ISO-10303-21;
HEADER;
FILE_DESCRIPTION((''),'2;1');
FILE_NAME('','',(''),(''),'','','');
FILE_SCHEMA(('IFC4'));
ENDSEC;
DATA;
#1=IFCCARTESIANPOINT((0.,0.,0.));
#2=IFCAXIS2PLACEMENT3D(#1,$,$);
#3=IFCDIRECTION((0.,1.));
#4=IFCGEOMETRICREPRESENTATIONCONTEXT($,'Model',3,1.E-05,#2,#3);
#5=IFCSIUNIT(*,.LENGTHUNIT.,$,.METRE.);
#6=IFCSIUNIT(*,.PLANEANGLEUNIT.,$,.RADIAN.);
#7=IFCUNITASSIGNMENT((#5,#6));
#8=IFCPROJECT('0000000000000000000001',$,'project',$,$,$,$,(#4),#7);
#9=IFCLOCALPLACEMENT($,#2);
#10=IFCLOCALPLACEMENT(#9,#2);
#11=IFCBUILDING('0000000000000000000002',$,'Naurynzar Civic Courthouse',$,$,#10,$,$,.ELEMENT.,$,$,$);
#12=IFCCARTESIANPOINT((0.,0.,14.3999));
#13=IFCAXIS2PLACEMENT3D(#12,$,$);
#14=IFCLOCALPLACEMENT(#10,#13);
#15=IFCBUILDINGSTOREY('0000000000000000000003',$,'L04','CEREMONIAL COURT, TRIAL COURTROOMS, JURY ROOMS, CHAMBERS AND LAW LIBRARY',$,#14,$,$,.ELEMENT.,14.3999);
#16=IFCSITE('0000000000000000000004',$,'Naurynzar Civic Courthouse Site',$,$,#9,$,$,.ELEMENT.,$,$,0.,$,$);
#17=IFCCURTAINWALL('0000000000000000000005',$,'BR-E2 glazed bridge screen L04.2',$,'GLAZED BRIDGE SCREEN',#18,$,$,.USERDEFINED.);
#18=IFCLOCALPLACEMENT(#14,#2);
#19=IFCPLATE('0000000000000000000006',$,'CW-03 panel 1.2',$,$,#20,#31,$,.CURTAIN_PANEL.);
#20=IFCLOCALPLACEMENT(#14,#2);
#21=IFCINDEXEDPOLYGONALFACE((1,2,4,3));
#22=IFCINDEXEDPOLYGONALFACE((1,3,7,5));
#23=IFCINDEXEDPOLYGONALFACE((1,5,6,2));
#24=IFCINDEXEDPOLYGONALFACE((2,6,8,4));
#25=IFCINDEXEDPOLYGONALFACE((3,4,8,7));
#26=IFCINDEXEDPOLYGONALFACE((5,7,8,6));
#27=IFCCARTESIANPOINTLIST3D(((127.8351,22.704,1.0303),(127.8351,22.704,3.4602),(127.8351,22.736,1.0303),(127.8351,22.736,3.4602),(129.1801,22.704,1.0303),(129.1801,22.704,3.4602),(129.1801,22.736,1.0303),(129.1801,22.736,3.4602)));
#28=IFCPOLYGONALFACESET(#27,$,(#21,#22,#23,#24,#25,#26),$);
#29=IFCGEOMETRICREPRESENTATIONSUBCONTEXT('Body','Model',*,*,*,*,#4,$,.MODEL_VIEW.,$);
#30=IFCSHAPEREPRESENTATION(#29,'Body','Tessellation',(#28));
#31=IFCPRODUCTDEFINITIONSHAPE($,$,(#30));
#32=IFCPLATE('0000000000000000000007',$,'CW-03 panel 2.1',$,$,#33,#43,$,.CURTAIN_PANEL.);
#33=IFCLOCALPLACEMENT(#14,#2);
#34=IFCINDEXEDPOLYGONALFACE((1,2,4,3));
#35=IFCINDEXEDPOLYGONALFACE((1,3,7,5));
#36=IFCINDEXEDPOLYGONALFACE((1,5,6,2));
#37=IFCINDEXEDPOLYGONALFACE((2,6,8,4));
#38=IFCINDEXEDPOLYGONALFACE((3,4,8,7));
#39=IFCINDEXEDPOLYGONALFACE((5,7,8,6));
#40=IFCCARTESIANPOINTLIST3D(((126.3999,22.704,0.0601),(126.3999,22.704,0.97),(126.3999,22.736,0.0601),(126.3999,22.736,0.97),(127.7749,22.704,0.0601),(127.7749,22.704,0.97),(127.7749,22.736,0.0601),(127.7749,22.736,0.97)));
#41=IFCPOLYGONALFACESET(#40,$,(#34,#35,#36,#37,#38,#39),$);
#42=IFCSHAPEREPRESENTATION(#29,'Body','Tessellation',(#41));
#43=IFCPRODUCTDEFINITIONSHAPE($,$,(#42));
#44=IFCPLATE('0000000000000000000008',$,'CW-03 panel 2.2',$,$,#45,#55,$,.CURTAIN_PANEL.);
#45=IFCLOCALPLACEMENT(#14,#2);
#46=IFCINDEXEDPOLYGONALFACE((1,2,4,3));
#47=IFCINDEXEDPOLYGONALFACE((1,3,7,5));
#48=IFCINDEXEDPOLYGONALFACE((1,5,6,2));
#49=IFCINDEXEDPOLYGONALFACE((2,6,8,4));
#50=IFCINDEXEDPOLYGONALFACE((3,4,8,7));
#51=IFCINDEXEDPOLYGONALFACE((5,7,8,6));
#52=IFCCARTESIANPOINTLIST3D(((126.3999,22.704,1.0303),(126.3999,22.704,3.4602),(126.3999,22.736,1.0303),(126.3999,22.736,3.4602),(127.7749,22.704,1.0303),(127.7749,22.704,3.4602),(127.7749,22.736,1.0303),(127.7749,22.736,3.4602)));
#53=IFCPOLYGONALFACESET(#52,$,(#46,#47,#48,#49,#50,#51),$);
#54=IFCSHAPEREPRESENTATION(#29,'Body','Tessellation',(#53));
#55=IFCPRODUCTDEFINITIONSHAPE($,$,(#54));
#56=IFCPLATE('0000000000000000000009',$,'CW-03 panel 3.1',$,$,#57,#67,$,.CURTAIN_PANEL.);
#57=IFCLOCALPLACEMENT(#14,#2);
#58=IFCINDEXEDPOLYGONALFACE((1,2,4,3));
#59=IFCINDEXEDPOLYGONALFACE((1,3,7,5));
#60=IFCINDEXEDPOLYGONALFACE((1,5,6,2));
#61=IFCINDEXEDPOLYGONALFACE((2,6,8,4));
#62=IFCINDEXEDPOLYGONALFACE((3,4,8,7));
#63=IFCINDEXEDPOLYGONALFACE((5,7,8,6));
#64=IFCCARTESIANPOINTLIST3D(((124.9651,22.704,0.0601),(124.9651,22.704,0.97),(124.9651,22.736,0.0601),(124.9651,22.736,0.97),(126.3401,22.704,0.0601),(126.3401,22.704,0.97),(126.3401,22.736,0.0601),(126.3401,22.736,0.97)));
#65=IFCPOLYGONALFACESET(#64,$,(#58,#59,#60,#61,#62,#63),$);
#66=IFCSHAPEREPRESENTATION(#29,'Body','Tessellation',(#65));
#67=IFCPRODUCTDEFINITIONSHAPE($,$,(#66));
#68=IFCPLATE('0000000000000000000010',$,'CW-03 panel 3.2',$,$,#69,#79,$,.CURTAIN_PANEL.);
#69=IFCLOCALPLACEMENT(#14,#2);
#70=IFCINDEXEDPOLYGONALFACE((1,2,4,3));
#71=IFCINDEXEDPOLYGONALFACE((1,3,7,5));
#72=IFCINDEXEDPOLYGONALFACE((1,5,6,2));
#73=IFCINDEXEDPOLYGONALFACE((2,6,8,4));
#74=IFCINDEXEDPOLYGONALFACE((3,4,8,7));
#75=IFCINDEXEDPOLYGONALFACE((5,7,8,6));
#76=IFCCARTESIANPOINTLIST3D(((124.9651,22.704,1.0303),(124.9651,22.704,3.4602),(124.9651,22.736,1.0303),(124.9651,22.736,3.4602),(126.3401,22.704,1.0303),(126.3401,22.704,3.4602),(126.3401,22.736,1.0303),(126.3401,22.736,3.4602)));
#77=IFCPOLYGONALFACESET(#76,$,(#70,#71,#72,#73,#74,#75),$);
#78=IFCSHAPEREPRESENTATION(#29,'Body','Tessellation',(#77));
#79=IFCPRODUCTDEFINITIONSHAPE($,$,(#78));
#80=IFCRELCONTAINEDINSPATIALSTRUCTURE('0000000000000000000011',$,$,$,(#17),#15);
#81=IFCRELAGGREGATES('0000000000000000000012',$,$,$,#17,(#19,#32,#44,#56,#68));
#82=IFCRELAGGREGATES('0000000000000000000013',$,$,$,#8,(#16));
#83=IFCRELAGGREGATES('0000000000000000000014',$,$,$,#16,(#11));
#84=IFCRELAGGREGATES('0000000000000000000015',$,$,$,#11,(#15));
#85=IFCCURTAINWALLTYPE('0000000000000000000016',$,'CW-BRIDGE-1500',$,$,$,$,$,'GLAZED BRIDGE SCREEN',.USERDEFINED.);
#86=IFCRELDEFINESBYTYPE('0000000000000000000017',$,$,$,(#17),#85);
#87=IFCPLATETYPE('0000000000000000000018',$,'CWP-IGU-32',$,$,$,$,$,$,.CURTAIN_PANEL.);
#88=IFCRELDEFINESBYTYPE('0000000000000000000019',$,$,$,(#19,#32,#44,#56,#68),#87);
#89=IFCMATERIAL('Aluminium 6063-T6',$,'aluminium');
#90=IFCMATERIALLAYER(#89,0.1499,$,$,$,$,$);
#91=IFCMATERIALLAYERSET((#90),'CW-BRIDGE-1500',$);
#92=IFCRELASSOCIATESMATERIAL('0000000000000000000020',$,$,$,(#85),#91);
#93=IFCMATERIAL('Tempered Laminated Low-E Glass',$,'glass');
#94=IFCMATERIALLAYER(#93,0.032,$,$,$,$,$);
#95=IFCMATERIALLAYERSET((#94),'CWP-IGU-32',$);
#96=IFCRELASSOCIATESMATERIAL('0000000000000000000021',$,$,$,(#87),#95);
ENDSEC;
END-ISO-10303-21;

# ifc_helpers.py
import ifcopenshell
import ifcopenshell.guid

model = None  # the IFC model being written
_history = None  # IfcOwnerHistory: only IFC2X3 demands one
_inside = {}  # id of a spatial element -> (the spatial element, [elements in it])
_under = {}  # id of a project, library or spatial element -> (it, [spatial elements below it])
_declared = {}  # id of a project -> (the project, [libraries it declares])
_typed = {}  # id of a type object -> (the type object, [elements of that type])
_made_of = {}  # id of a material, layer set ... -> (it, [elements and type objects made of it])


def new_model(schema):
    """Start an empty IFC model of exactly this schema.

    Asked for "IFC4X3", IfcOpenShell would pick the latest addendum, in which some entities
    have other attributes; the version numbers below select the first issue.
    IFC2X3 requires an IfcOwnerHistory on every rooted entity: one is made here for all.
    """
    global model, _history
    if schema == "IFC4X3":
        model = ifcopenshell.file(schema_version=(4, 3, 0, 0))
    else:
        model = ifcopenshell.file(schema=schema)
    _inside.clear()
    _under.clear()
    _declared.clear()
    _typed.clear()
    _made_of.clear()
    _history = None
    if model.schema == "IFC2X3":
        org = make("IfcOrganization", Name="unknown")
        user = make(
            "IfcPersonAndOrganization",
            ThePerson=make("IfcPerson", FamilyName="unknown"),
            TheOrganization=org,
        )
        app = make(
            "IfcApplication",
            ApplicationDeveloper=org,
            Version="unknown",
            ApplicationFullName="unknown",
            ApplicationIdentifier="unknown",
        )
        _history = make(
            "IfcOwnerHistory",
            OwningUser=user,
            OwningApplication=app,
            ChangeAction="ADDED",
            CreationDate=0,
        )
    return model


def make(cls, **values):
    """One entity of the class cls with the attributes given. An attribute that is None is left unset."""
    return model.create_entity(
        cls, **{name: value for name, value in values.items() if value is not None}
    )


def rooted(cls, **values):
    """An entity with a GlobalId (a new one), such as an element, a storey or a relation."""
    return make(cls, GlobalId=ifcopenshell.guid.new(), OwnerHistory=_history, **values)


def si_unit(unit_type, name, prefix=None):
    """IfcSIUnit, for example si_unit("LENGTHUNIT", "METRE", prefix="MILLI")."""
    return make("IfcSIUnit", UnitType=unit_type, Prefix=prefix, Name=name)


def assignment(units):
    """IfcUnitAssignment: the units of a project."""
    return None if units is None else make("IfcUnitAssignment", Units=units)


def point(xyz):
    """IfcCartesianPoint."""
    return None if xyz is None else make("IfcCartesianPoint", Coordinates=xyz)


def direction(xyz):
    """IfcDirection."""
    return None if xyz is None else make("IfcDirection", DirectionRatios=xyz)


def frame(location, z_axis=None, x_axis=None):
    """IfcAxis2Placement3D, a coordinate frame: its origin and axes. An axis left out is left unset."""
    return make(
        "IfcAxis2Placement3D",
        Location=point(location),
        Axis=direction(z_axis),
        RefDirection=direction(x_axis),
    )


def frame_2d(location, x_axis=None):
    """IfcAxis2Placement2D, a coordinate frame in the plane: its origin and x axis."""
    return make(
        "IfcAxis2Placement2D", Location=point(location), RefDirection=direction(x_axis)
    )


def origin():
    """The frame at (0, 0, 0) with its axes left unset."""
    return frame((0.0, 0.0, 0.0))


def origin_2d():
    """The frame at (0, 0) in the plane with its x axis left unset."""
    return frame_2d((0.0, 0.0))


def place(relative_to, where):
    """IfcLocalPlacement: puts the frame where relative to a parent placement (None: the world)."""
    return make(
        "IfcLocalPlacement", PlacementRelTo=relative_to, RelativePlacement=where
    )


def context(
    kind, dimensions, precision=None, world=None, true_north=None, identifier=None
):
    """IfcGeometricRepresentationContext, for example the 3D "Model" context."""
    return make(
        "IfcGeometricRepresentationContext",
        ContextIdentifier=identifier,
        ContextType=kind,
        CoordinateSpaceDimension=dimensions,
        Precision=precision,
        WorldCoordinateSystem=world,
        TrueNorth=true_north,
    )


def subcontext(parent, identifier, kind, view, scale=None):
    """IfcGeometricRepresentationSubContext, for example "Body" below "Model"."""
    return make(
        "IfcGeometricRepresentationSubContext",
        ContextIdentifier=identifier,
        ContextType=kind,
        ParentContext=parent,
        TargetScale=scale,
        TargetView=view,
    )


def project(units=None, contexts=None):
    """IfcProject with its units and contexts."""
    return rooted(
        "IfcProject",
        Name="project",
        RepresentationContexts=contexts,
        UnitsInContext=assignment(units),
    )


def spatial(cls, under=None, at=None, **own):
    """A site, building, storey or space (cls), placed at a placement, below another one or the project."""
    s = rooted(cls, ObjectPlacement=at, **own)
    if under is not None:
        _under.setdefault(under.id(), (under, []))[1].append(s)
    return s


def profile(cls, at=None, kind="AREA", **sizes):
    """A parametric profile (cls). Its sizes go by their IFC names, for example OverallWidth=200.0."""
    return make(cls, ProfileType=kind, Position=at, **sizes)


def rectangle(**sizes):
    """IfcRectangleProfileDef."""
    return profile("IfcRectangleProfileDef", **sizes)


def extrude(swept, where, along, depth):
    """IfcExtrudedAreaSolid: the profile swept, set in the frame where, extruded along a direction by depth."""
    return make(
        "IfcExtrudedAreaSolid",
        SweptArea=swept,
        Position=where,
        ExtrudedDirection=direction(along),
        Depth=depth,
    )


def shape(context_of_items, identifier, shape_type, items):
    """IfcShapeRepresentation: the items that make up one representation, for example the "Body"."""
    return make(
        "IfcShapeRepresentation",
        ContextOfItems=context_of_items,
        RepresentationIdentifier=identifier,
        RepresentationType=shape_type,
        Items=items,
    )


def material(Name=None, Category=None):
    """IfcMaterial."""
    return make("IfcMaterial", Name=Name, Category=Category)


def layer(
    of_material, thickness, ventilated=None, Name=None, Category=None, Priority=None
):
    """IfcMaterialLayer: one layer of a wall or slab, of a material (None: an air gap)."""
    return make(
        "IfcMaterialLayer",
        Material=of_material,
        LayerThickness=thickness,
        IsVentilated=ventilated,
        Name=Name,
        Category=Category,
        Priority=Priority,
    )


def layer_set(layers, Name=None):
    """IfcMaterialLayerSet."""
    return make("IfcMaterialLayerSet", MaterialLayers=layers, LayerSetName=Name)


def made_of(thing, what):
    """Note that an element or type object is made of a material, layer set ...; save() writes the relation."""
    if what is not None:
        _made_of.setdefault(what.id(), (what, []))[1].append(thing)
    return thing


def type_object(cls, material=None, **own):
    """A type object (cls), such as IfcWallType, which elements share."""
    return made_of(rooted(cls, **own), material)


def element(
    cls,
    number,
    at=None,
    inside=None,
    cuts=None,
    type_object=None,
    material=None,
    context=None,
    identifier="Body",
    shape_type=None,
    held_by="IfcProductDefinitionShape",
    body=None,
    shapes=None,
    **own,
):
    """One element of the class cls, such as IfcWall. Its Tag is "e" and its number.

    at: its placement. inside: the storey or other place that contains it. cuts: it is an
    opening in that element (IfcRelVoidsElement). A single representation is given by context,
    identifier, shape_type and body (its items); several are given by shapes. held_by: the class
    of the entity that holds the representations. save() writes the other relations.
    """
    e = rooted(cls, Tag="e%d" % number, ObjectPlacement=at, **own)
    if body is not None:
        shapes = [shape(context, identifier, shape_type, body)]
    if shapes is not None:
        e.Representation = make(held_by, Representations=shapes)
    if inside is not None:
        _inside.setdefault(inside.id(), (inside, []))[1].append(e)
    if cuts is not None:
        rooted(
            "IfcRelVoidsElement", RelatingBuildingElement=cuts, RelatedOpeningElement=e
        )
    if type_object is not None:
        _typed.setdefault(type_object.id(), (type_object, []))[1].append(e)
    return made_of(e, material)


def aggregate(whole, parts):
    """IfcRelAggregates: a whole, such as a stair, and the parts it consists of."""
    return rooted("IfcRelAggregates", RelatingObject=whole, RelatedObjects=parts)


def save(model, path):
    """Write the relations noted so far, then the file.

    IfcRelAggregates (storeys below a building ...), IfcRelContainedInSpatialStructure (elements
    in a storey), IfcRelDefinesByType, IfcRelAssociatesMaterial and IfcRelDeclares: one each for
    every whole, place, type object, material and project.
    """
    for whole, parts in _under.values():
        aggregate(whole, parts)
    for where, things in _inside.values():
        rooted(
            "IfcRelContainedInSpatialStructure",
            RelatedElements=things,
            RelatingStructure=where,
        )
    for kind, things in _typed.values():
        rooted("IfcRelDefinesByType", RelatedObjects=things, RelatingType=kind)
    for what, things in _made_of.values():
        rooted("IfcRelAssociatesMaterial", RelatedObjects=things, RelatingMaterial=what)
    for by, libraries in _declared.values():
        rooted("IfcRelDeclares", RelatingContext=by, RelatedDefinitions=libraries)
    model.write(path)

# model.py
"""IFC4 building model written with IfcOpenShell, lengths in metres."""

from ifc_helpers import new_model, si_unit, direction, frame, origin, origin_2d, place, context, subcontext, project, spatial, rectangle, extrude, material, layer, layer_set, type_object, element, aggregate, save


model = new_model("IFC4")

# Units and contexts
model_context = context("Model", 3, precision=1e-05, world=origin(), true_north=direction((0.0, 1.0)))
body_context = subcontext(model_context, "Body", "Model", "MODEL_VIEW")
ifc_project = project(units=[si_unit("LENGTHUNIT", "METRE"), si_unit("PLANEANGLEUNIT", "RADIAN")], contexts=[model_context])

# Site, building, storey
site_placement = place(None, origin())
site = spatial("IfcSite", under=ifc_project, at=site_placement, Name="Naurynzar Civic Courthouse Site", CompositionType="ELEMENT", RefElevation=0.0)
building_placement = place(site_placement, origin())
building = spatial("IfcBuilding", under=site, at=building_placement, Name="Naurynzar Civic Courthouse", CompositionType="ELEMENT")
storey_placement = place(building_placement, frame((0.0, 0.0, 14.3999)))
storey = spatial("IfcBuildingStorey", under=building, at=storey_placement, Name="L04", Description="CEREMONIAL COURT, TRIAL COURTROOMS, JURY ROOMS, CHAMBERS AND LAW LIBRARY", CompositionType="ELEMENT", Elevation=14.3999)

# Curtain wall
ifc_material_1 = material(Name="Aluminium 6063-T6", Category="aluminium")
ifc_layer_1 = layer(ifc_material_1, 0.1499)
ifc_layer_set_1 = layer_set([ifc_layer_1], Name="CW-BRIDGE-1500")
curtain_wall_type = type_object("IfcCurtainWallType", Name="CW-BRIDGE-1500", ElementType="GLAZED BRIDGE SCREEN", PredefinedType="USERDEFINED", material=ifc_layer_set_1)
curtain_wall_1_placement = place(storey_placement, origin())
curtain_wall_1 = element("IfcCurtainWall", 1, at=curtain_wall_1_placement, inside=storey, type_object=curtain_wall_type, Name="BR-E2 glazed bridge screen L04.2", ObjectType="GLAZED BRIDGE SCREEN", PredefinedType="USERDEFINED")

# Plates
ifc_material_2 = material(Name="Tempered Laminated Low-E Glass", Category="glass")
ifc_layer_2 = layer(ifc_material_2, 0.032)
ifc_layer_set_2 = layer_set([ifc_layer_2], Name="CWP-IGU-32")
plate_type = type_object("IfcPlateType", Name="CWP-IGU-32", PredefinedType="CURTAIN_PANEL", material=ifc_layer_set_2)
plate_1_placement = place(storey_placement, frame((128.5076, 22.72, 1.0303), z_axis=(0.0, 0.0, 1.0), x_axis=(-1.0, 0.0, 0.0)))
plate_1 = element("IfcPlate", 2, at=plate_1_placement, type_object=plate_type, Name="CW-03 panel 1.2", PredefinedType="CURTAIN_PANEL", context=body_context, shape_type="SweptSolid", body=[
    extrude(rectangle(XDim=1.345, YDim=0.032, at=origin_2d()), origin(), (0.0, 0.0, 1.0), 2.4299),
])
plate_2_placement = place(storey_placement, frame((127.0874, 22.72, 0.0601), z_axis=(0.0, 0.0, 1.0), x_axis=(-1.0, 0.0, 0.0)))
plate_2 = element("IfcPlate", 3, at=plate_2_placement, type_object=plate_type, Name="CW-03 panel 2.1", PredefinedType="CURTAIN_PANEL", context=body_context, shape_type="SweptSolid", body=[
    extrude(rectangle(XDim=1.375, YDim=0.032, at=origin_2d()), origin(), (0.0, 0.0, 1.0), 0.9099),
])
plate_3_placement = place(storey_placement, frame((127.0874, 22.72, 1.0303), z_axis=(0.0, 0.0, 1.0), x_axis=(-1.0, 0.0, 0.0)))
plate_3 = element("IfcPlate", 4, at=plate_3_placement, type_object=plate_type, Name="CW-03 panel 2.2", PredefinedType="CURTAIN_PANEL", context=body_context, shape_type="SweptSolid", body=[
    extrude(rectangle(XDim=1.375, YDim=0.032, at=origin_2d()), origin(), (0.0, 0.0, 1.0), 2.4299),
])
plate_4_placement = place(storey_placement, frame((125.6526, 22.72, 0.0601), z_axis=(0.0, 0.0, 1.0), x_axis=(-1.0, 0.0, 0.0)))
plate_4 = element("IfcPlate", 5, at=plate_4_placement, type_object=plate_type, Name="CW-03 panel 3.1", PredefinedType="CURTAIN_PANEL", context=body_context, shape_type="SweptSolid", body=[
    extrude(rectangle(XDim=1.375, YDim=0.032, at=origin_2d()), origin(), (0.0, 0.0, 1.0), 0.9099),
])
plate_5_placement = place(storey_placement, frame((125.6526, 22.72, 1.0303), z_axis=(0.0, 0.0, 1.0), x_axis=(-1.0, 0.0, 0.0)))
plate_5 = element("IfcPlate", 6, at=plate_5_placement, type_object=plate_type, Name="CW-03 panel 3.2", PredefinedType="CURTAIN_PANEL", context=body_context, shape_type="SweptSolid", body=[
    extrude(rectangle(XDim=1.375, YDim=0.032, at=origin_2d()), origin(), (0.0, 0.0, 1.0), 2.4299),
])
aggregate(curtain_wall_1, [plate_1, plate_2, plate_3, plate_4, plate_5])

save(model, "model.ifc")
